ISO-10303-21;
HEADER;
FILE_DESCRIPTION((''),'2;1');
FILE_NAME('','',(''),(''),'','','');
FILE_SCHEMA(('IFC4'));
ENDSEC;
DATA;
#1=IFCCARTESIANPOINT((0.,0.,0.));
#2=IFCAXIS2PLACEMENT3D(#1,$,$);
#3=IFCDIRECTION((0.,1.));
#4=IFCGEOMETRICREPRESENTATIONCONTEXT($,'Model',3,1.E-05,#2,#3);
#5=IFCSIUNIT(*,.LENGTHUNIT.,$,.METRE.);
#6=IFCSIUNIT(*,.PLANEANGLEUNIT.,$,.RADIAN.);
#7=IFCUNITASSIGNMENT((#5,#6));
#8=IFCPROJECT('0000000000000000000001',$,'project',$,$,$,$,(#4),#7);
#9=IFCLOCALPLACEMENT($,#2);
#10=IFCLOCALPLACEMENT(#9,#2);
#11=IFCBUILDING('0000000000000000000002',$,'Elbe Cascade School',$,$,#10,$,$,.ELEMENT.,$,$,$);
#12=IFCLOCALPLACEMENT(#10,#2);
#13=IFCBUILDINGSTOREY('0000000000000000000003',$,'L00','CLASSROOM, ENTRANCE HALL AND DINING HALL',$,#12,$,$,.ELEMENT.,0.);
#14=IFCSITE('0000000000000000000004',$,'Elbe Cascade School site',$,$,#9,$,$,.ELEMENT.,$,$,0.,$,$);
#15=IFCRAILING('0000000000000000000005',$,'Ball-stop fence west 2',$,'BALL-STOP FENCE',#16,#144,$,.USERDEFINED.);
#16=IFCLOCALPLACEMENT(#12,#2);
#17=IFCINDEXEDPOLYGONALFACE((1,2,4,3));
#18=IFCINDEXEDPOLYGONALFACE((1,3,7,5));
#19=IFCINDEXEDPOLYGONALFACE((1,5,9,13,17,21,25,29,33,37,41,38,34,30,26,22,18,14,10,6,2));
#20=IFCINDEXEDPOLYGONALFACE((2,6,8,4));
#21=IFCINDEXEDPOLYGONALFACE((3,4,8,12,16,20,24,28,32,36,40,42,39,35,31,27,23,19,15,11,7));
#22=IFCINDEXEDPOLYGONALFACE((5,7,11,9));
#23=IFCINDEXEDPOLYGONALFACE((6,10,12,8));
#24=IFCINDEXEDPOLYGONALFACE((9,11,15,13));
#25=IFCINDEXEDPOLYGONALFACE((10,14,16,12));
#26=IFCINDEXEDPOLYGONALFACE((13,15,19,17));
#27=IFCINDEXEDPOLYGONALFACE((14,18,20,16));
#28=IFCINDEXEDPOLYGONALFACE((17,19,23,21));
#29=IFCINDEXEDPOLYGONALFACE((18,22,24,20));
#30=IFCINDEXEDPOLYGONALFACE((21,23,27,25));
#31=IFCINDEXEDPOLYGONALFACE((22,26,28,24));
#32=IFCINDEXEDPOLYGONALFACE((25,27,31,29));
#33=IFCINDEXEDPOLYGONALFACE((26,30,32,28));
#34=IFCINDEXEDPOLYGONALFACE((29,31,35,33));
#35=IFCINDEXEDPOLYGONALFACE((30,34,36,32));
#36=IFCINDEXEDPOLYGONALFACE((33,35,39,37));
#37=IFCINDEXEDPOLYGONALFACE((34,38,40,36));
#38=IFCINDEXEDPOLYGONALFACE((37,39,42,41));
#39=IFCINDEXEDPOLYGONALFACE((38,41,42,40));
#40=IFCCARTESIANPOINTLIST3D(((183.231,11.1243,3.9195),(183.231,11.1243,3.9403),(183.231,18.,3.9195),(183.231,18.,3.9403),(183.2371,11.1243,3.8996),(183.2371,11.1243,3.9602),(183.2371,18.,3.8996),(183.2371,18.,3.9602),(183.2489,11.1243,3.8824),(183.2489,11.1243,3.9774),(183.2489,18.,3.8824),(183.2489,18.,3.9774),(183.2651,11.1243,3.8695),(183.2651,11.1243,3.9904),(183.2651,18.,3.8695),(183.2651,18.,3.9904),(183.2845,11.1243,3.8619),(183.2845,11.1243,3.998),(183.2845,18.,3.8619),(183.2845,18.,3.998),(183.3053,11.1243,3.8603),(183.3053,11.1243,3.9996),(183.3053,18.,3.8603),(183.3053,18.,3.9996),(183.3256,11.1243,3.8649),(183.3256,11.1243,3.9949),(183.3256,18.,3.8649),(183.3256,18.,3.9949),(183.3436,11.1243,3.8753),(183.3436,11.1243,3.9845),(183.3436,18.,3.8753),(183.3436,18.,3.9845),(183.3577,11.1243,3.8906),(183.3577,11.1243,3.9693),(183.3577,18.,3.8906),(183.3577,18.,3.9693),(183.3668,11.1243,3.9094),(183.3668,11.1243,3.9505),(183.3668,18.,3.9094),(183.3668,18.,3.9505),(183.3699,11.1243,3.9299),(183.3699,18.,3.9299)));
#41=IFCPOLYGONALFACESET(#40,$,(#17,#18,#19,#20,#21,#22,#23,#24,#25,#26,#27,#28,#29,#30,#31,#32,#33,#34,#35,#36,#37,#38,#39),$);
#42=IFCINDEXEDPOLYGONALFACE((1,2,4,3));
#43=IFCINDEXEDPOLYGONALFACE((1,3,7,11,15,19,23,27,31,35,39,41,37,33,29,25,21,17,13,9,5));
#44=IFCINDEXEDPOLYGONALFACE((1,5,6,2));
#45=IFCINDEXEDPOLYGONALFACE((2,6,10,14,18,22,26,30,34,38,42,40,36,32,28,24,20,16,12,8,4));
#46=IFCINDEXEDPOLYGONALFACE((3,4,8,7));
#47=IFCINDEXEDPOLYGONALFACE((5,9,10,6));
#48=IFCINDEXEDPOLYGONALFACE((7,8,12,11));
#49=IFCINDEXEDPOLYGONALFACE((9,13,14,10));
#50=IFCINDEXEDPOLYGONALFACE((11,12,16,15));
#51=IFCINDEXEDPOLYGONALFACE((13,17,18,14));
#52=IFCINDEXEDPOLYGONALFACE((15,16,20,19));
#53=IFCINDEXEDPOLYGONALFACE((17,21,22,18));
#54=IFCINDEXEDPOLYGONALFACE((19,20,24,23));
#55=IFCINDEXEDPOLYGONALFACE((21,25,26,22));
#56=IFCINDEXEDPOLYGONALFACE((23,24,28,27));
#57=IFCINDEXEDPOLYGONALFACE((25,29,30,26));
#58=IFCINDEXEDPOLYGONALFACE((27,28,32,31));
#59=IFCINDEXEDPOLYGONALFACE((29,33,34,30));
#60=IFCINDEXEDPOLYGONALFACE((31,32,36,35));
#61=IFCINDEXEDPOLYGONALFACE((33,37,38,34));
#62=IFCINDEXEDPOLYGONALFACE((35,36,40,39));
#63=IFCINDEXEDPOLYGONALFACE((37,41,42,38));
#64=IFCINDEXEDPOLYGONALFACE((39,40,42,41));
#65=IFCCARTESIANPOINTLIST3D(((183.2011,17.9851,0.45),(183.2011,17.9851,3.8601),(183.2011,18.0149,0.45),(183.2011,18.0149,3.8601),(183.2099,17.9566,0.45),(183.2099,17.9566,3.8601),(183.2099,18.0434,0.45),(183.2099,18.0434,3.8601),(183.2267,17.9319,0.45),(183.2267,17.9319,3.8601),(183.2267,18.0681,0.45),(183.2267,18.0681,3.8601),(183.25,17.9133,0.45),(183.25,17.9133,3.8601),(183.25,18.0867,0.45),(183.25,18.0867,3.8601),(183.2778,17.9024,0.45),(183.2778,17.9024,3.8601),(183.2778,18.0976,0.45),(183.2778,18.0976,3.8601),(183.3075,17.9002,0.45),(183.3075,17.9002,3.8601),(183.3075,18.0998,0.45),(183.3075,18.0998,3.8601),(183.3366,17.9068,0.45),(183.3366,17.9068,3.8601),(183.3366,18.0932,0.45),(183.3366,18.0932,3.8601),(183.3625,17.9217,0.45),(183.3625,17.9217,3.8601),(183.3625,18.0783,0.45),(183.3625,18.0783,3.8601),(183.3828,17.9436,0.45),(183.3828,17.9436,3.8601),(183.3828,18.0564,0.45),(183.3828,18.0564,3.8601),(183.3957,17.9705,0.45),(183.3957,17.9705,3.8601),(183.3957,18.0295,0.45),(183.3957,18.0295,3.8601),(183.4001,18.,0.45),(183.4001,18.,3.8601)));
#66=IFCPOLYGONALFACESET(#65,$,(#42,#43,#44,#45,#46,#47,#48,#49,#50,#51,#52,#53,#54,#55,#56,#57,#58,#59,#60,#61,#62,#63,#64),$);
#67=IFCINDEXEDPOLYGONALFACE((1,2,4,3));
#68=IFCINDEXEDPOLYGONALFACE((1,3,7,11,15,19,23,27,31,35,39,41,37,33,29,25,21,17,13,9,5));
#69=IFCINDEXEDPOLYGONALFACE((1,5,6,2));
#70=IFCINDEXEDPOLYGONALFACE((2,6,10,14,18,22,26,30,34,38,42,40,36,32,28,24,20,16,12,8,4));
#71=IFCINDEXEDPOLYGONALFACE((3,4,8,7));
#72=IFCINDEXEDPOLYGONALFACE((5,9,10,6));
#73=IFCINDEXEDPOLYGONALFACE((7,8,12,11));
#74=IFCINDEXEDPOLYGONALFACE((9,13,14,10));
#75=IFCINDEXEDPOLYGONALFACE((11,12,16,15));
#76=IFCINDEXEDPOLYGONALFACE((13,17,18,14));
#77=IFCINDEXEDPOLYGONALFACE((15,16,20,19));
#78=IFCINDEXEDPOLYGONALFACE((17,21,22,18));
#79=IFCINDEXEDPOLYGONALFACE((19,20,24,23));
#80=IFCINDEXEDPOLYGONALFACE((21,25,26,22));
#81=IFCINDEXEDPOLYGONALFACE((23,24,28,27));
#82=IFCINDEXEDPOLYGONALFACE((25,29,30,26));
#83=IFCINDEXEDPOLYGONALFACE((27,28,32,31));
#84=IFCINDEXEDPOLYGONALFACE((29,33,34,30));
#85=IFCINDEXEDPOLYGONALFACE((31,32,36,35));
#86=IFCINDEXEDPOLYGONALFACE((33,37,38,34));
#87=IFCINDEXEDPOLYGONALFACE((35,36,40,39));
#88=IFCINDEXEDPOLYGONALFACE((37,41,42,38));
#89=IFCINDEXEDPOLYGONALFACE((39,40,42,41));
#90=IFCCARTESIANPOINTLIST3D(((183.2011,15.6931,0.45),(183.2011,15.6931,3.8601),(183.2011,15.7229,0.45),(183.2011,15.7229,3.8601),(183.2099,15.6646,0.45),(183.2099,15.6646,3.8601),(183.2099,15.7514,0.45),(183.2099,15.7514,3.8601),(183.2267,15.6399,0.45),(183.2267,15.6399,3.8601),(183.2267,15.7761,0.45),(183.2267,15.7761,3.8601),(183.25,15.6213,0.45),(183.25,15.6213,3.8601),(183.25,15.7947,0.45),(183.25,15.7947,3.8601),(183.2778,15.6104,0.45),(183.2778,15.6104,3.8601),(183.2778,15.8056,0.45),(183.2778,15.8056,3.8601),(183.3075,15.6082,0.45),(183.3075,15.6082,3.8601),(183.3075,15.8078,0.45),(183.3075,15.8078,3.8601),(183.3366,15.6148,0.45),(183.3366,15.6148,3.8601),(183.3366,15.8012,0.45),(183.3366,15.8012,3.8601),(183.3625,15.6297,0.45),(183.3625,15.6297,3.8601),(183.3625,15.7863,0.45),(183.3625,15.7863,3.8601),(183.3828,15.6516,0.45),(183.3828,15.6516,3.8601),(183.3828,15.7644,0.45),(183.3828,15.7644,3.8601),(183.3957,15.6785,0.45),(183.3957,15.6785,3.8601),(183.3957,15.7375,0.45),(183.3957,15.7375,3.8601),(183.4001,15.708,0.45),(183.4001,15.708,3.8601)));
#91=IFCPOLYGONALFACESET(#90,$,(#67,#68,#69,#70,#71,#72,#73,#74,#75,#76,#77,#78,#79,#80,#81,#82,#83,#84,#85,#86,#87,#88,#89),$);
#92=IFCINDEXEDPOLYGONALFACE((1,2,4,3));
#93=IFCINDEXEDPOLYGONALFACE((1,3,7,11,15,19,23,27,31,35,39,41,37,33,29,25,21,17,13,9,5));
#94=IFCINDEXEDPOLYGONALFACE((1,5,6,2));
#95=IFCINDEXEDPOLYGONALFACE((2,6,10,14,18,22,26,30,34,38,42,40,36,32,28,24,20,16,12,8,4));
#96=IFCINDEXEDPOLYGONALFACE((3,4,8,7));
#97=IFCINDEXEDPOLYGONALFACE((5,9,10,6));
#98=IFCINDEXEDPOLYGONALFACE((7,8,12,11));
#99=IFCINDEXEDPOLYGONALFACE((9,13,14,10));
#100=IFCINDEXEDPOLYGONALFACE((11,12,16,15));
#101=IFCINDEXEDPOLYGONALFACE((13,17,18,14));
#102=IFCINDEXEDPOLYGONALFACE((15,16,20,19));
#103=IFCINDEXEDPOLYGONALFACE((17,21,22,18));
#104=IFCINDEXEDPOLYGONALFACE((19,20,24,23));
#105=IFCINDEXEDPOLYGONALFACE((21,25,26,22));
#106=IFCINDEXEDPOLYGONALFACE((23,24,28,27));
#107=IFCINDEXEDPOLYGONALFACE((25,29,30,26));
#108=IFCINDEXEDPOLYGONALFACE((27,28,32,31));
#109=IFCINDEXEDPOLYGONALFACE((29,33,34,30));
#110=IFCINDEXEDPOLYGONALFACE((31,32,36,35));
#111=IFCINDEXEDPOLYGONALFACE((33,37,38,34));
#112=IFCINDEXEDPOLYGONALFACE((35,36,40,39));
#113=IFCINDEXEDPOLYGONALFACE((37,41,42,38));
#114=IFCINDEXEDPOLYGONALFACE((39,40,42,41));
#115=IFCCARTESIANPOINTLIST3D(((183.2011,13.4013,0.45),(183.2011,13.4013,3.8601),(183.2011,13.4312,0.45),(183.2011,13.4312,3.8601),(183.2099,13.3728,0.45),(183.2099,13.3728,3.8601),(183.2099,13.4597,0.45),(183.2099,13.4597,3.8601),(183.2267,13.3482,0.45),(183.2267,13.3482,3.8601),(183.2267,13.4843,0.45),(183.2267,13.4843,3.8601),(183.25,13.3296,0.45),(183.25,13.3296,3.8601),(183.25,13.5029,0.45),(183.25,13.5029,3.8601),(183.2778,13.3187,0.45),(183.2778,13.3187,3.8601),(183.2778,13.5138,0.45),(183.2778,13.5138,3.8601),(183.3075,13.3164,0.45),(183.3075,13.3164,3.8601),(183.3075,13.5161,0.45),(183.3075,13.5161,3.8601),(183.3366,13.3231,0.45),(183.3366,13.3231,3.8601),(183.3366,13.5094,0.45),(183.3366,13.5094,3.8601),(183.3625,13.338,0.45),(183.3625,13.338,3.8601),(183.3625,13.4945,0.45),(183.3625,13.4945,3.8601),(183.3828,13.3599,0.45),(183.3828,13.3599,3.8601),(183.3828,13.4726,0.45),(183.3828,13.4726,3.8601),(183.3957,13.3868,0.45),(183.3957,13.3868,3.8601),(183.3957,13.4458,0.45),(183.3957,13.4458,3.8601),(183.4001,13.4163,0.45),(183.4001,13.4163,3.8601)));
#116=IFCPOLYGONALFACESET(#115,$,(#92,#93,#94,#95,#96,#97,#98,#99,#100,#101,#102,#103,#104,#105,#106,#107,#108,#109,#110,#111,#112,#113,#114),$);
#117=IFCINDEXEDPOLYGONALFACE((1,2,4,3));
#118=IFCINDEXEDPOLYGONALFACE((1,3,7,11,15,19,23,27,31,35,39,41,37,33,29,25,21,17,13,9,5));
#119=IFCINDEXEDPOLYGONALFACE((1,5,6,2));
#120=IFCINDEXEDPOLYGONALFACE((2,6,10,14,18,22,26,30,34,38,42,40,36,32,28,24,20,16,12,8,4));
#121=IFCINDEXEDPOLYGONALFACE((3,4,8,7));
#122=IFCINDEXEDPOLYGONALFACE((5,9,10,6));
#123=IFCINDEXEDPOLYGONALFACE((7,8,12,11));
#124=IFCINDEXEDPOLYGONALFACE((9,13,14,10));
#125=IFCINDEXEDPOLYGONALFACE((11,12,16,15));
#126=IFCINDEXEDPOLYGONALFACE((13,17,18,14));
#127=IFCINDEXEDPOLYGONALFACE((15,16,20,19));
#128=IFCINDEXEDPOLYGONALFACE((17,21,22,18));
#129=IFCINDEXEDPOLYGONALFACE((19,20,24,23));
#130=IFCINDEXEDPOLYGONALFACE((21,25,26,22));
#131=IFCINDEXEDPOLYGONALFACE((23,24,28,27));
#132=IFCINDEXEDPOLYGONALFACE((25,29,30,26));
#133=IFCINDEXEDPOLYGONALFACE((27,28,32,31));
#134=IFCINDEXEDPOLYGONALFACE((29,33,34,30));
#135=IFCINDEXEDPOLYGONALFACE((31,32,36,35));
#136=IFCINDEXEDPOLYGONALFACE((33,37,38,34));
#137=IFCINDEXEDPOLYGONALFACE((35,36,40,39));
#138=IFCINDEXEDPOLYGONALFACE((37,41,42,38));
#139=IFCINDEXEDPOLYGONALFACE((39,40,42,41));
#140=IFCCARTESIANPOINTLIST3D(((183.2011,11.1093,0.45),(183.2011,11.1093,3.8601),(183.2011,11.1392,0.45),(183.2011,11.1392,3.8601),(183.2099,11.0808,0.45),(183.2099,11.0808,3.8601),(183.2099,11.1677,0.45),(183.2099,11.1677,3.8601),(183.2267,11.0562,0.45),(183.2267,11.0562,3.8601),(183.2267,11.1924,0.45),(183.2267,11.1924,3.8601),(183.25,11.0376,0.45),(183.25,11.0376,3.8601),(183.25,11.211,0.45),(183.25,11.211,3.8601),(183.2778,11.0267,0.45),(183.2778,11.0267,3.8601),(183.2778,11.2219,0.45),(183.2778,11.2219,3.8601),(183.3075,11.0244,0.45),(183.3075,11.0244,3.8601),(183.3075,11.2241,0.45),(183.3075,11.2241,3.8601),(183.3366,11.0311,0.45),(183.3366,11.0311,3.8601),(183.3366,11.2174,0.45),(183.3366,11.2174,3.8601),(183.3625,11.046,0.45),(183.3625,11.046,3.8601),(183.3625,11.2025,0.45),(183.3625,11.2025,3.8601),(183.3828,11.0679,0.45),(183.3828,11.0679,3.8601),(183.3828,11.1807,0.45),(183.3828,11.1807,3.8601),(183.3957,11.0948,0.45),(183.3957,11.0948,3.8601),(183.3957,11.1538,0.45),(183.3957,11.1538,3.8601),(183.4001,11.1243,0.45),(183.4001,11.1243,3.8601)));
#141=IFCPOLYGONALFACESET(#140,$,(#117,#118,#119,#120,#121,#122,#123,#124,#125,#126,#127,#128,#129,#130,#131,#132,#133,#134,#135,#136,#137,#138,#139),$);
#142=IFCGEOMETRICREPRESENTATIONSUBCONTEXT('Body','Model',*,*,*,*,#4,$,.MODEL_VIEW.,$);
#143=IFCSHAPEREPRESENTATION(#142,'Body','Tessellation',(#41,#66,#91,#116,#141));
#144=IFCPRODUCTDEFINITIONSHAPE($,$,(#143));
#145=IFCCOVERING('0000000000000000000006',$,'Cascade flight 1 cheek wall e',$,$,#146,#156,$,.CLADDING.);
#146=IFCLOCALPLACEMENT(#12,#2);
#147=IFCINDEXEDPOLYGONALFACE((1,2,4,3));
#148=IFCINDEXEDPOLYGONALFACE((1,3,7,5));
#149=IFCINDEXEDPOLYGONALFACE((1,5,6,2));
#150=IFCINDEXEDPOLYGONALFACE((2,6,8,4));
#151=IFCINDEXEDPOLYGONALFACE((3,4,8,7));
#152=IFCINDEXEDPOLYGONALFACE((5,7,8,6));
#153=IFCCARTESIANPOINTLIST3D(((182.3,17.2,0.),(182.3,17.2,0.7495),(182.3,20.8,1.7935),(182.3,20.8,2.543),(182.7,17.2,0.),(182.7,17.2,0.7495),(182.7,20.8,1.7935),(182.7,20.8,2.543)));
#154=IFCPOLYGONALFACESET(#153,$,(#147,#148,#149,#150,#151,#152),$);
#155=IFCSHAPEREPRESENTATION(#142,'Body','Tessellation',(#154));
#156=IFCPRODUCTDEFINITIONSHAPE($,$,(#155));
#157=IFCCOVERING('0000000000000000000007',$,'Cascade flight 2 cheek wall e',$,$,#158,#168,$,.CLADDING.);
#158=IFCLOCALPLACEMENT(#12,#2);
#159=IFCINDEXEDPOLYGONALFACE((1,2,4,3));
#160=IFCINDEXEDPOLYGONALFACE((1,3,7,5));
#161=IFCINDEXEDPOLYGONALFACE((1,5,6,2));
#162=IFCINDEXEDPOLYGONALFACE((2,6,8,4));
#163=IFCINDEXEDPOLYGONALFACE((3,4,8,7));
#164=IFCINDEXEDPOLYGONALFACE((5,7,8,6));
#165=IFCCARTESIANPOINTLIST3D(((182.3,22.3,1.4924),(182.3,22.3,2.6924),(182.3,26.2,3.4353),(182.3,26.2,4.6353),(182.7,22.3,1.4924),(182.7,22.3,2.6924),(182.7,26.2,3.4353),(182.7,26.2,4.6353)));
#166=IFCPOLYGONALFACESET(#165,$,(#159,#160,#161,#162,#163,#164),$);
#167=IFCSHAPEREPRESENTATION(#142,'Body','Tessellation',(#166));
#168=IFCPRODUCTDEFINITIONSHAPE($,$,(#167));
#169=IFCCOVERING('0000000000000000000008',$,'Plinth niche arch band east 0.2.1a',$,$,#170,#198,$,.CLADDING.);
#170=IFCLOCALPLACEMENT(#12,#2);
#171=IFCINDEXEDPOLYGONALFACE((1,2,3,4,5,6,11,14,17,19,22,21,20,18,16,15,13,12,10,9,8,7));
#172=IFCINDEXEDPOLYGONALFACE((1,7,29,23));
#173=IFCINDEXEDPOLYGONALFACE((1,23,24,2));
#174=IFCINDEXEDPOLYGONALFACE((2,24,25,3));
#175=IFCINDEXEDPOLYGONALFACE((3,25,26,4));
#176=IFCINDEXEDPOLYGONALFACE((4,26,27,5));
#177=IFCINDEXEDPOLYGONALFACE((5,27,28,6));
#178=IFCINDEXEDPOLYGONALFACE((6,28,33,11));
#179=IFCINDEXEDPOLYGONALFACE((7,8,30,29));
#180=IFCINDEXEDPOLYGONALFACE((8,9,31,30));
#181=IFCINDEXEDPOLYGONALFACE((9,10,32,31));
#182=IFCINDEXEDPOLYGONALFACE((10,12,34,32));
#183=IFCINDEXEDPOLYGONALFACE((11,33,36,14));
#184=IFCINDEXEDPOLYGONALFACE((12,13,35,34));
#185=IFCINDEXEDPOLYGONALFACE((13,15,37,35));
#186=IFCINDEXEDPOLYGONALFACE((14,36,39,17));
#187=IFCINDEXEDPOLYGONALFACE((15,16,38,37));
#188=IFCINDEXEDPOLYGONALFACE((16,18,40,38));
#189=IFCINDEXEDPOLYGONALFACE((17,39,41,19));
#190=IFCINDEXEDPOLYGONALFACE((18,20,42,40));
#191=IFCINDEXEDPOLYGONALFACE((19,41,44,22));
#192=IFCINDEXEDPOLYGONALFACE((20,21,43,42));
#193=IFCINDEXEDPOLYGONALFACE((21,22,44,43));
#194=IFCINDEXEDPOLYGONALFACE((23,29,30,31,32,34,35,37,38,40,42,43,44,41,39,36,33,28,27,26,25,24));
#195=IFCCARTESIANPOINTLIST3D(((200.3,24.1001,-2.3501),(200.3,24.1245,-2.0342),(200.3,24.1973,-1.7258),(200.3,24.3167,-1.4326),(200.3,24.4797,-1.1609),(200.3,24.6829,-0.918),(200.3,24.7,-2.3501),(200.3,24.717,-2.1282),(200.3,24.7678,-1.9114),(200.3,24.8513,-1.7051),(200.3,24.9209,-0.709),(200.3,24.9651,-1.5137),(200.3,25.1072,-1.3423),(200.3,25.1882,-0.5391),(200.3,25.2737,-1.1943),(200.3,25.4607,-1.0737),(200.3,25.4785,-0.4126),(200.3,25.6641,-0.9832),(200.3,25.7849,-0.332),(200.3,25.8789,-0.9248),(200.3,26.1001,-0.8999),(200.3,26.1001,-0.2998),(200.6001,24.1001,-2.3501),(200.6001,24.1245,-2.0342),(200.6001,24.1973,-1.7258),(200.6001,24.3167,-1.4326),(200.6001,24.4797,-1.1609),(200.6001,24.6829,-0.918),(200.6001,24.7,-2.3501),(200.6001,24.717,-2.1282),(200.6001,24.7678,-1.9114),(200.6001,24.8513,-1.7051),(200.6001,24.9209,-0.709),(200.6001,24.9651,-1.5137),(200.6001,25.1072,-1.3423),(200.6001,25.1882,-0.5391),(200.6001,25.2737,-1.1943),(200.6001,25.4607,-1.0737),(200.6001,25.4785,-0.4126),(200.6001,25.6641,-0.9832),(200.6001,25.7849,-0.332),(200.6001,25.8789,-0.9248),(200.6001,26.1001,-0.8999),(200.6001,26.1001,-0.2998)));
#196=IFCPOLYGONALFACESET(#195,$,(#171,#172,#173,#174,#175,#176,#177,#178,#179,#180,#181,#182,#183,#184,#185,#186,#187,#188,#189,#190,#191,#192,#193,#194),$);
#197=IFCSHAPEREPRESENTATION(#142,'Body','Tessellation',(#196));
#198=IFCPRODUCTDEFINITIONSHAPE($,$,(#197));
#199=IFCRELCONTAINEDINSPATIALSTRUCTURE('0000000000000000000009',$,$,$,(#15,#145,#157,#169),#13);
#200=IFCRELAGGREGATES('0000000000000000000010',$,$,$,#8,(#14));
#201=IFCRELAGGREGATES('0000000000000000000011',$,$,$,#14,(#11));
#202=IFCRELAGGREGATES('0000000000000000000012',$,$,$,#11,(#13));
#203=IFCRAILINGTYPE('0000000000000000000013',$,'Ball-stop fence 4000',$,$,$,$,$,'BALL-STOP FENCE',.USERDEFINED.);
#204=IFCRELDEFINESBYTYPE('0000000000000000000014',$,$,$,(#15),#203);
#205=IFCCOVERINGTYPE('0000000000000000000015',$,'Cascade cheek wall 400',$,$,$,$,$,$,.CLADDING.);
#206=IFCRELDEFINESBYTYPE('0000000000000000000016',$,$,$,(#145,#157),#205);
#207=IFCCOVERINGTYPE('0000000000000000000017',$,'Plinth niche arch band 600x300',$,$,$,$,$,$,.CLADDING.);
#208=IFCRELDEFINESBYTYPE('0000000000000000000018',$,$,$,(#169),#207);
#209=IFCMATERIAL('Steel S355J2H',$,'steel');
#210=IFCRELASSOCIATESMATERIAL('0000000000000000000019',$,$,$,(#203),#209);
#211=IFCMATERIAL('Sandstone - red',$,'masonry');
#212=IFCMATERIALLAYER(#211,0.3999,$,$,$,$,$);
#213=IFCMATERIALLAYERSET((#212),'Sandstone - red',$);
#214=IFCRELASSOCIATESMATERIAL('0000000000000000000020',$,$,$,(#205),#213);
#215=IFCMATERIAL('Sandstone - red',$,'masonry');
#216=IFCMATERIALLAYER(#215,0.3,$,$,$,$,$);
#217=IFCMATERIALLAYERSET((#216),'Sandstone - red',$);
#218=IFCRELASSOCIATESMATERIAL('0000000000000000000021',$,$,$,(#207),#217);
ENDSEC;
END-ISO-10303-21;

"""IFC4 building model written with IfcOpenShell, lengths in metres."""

from ifc_helpers import new_model, si_unit, direction, frame, origin, origin_2d, place, context, subcontext, project, spatial, polyline, circle, outline, extrude, material, layer, layer_set, type_object, element, save


model = new_model("IFC4")

# Units and contexts
model_context = context("Model", 3, precision=1e-05, world=origin(), true_north=direction((0.0, 1.0)))
body_context = subcontext(model_context, "Body", "Model", "MODEL_VIEW")
ifc_project = project(units=[si_unit("LENGTHUNIT", "METRE"), si_unit("PLANEANGLEUNIT", "RADIAN")], contexts=[model_context])

# Site, building, storey
site_placement = place(None, origin())
site = spatial("IfcSite", under=ifc_project, at=site_placement, Name="Elbe Cascade School site", CompositionType="ELEMENT", RefElevation=0.0)
building_placement = place(site_placement, origin())
building = spatial("IfcBuilding", under=site, at=building_placement, Name="Elbe Cascade School", CompositionType="ELEMENT")
storey_placement = place(building_placement, origin())
storey = spatial("IfcBuildingStorey", under=building, at=storey_placement, Name="L00", Description="CLASSROOM, ENTRANCE HALL AND DINING HALL", CompositionType="ELEMENT", Elevation=0.0)

# Railing
ifc_material_1 = material(Name="Steel S355J2H", Category="steel")
railing_type = type_object("IfcRailingType", Name="Ball-stop fence 4000", ElementType="BALL-STOP FENCE", PredefinedType="USERDEFINED", material=ifc_material_1)
railing_placement = place(storey_placement, frame((183.3, 18.0, 0.45)))
element("IfcRailing", 1, at=railing_placement, inside=storey, type_object=railing_type, Name="Ball-stop fence west 2", ObjectType="BALL-STOP FENCE", PredefinedType="USERDEFINED", context=body_context, shape_type="SweptSolid", body=[
    extrude(circle(Radius=0.0698, at=origin_2d()), frame((0.0, 0.0, 3.48), z_axis=(0.0, -1.0, 0.0), x_axis=(1.0, 0.0, 0.0)), (0.0, 0.0, 1.0), 6.8757),
    extrude(circle(Radius=0.1001, at=origin_2d()), origin(), (0.0, 0.0, 1.0), 3.4102),
    extrude(circle(Radius=0.1001, at=origin_2d()), frame((0.0, -2.292, 0.0)), (0.0, 0.0, 1.0), 3.4102),
    extrude(circle(Radius=0.1001, at=origin_2d()), frame((0.0, -4.5837, 0.0)), (0.0, 0.0, 1.0), 3.4102),
    extrude(circle(Radius=0.1001, at=origin_2d()), frame((0.0, -6.8757, 0.0)), (0.0, 0.0, 1.0), 3.4102),
])

# Coverings
ifc_material_2 = material(Name="Sandstone - red", Category="masonry")
ifc_layer_1 = layer(ifc_material_2, 0.3999)
ifc_layer_set_1 = layer_set([ifc_layer_1], Name="Sandstone - red")
covering_type_1 = type_object("IfcCoveringType", Name="Cascade cheek wall 400", PredefinedType="CLADDING", material=ifc_layer_set_1)
covering_1_placement = place(storey_placement, frame((182.3, 17.2, 0.7495), z_axis=(0.0, -0.445902, 0.895082), x_axis=(0.0, 0.895082, 0.445902)))
element("IfcCovering", 2, at=covering_1_placement, inside=storey, type_object=covering_type_1, Name="Cascade flight 1 cheek wall e", PredefinedType="CLADDING", context=body_context, shape_type="SweptSolid", body=[
    extrude(outline(polyline([(0.0, 0.0), (4.0221, 0.0), (4.0221, -0.3999), (0.0, -0.3999), (0.0, 0.0)])), origin(), (-0.445902, 0.0, -0.895082), 0.7495),
])
covering_2_placement = place(storey_placement, frame((182.3, 22.3, 2.6924), z_axis=(0.0, -0.445913, 0.895076), x_axis=(0.0, 0.895076, 0.445913)))
element("IfcCovering", 3, at=covering_2_placement, inside=storey, type_object=covering_type_1, Name="Cascade flight 2 cheek wall e", PredefinedType="CLADDING", context=body_context, shape_type="SweptSolid", body=[
    extrude(outline(polyline([(0.0, 0.0), (4.3571, 0.0), (4.3571, -0.3999), (0.0, -0.3999), (0.0, 0.0)])), origin(), (-0.445913, 0.0, -0.895076), 1.2),
])
ifc_material_3 = material(Name="Sandstone - red", Category="masonry")
ifc_layer_2 = layer(ifc_material_3, 0.3)
ifc_layer_set_2 = layer_set([ifc_layer_2], Name="Sandstone - red")
covering_type_2 = type_object("IfcCoveringType", Name="Plinth niche arch band 600x300", PredefinedType="CLADDING", material=ifc_layer_set_2)
covering_3_placement = place(storey_placement, frame((200.6001, 24.1001, -2.3501), z_axis=(1.0, 0.0, 0.0), x_axis=(0.0, 1.0, 0.0)))
element("IfcCovering", 4, at=covering_3_placement, inside=storey, type_object=covering_type_2, Name="Plinth niche arch band east 0.2.1a", PredefinedType="CLADDING", context=body_context, shape_type="SweptSolid", body=[
    extrude(outline(polyline([(0.0, 0.0), (0.5999, 0.0), (0.6169, 0.2219), (0.6677, 0.4387), (0.7512, 0.645), (0.865, 0.8364), (1.0071, 1.0078), (1.1736, 1.1558), (1.3606, 1.2764), (1.564, 1.3669), (1.7788, 1.4253), (2.0, 1.4502), (2.0, 2.0503), (1.6848, 2.0181), (1.3784, 1.9375), (1.0881, 1.811), (0.8208, 1.6411), (0.5828, 1.4321), (0.3796, 1.1892), (0.2166, 0.9175), (0.0972, 0.6243), (0.0244, 0.3159), (0.0, 0.0)])), origin(), (0.0, 0.0, -1.0), 0.3),
])

save(model, "model.ifc")
